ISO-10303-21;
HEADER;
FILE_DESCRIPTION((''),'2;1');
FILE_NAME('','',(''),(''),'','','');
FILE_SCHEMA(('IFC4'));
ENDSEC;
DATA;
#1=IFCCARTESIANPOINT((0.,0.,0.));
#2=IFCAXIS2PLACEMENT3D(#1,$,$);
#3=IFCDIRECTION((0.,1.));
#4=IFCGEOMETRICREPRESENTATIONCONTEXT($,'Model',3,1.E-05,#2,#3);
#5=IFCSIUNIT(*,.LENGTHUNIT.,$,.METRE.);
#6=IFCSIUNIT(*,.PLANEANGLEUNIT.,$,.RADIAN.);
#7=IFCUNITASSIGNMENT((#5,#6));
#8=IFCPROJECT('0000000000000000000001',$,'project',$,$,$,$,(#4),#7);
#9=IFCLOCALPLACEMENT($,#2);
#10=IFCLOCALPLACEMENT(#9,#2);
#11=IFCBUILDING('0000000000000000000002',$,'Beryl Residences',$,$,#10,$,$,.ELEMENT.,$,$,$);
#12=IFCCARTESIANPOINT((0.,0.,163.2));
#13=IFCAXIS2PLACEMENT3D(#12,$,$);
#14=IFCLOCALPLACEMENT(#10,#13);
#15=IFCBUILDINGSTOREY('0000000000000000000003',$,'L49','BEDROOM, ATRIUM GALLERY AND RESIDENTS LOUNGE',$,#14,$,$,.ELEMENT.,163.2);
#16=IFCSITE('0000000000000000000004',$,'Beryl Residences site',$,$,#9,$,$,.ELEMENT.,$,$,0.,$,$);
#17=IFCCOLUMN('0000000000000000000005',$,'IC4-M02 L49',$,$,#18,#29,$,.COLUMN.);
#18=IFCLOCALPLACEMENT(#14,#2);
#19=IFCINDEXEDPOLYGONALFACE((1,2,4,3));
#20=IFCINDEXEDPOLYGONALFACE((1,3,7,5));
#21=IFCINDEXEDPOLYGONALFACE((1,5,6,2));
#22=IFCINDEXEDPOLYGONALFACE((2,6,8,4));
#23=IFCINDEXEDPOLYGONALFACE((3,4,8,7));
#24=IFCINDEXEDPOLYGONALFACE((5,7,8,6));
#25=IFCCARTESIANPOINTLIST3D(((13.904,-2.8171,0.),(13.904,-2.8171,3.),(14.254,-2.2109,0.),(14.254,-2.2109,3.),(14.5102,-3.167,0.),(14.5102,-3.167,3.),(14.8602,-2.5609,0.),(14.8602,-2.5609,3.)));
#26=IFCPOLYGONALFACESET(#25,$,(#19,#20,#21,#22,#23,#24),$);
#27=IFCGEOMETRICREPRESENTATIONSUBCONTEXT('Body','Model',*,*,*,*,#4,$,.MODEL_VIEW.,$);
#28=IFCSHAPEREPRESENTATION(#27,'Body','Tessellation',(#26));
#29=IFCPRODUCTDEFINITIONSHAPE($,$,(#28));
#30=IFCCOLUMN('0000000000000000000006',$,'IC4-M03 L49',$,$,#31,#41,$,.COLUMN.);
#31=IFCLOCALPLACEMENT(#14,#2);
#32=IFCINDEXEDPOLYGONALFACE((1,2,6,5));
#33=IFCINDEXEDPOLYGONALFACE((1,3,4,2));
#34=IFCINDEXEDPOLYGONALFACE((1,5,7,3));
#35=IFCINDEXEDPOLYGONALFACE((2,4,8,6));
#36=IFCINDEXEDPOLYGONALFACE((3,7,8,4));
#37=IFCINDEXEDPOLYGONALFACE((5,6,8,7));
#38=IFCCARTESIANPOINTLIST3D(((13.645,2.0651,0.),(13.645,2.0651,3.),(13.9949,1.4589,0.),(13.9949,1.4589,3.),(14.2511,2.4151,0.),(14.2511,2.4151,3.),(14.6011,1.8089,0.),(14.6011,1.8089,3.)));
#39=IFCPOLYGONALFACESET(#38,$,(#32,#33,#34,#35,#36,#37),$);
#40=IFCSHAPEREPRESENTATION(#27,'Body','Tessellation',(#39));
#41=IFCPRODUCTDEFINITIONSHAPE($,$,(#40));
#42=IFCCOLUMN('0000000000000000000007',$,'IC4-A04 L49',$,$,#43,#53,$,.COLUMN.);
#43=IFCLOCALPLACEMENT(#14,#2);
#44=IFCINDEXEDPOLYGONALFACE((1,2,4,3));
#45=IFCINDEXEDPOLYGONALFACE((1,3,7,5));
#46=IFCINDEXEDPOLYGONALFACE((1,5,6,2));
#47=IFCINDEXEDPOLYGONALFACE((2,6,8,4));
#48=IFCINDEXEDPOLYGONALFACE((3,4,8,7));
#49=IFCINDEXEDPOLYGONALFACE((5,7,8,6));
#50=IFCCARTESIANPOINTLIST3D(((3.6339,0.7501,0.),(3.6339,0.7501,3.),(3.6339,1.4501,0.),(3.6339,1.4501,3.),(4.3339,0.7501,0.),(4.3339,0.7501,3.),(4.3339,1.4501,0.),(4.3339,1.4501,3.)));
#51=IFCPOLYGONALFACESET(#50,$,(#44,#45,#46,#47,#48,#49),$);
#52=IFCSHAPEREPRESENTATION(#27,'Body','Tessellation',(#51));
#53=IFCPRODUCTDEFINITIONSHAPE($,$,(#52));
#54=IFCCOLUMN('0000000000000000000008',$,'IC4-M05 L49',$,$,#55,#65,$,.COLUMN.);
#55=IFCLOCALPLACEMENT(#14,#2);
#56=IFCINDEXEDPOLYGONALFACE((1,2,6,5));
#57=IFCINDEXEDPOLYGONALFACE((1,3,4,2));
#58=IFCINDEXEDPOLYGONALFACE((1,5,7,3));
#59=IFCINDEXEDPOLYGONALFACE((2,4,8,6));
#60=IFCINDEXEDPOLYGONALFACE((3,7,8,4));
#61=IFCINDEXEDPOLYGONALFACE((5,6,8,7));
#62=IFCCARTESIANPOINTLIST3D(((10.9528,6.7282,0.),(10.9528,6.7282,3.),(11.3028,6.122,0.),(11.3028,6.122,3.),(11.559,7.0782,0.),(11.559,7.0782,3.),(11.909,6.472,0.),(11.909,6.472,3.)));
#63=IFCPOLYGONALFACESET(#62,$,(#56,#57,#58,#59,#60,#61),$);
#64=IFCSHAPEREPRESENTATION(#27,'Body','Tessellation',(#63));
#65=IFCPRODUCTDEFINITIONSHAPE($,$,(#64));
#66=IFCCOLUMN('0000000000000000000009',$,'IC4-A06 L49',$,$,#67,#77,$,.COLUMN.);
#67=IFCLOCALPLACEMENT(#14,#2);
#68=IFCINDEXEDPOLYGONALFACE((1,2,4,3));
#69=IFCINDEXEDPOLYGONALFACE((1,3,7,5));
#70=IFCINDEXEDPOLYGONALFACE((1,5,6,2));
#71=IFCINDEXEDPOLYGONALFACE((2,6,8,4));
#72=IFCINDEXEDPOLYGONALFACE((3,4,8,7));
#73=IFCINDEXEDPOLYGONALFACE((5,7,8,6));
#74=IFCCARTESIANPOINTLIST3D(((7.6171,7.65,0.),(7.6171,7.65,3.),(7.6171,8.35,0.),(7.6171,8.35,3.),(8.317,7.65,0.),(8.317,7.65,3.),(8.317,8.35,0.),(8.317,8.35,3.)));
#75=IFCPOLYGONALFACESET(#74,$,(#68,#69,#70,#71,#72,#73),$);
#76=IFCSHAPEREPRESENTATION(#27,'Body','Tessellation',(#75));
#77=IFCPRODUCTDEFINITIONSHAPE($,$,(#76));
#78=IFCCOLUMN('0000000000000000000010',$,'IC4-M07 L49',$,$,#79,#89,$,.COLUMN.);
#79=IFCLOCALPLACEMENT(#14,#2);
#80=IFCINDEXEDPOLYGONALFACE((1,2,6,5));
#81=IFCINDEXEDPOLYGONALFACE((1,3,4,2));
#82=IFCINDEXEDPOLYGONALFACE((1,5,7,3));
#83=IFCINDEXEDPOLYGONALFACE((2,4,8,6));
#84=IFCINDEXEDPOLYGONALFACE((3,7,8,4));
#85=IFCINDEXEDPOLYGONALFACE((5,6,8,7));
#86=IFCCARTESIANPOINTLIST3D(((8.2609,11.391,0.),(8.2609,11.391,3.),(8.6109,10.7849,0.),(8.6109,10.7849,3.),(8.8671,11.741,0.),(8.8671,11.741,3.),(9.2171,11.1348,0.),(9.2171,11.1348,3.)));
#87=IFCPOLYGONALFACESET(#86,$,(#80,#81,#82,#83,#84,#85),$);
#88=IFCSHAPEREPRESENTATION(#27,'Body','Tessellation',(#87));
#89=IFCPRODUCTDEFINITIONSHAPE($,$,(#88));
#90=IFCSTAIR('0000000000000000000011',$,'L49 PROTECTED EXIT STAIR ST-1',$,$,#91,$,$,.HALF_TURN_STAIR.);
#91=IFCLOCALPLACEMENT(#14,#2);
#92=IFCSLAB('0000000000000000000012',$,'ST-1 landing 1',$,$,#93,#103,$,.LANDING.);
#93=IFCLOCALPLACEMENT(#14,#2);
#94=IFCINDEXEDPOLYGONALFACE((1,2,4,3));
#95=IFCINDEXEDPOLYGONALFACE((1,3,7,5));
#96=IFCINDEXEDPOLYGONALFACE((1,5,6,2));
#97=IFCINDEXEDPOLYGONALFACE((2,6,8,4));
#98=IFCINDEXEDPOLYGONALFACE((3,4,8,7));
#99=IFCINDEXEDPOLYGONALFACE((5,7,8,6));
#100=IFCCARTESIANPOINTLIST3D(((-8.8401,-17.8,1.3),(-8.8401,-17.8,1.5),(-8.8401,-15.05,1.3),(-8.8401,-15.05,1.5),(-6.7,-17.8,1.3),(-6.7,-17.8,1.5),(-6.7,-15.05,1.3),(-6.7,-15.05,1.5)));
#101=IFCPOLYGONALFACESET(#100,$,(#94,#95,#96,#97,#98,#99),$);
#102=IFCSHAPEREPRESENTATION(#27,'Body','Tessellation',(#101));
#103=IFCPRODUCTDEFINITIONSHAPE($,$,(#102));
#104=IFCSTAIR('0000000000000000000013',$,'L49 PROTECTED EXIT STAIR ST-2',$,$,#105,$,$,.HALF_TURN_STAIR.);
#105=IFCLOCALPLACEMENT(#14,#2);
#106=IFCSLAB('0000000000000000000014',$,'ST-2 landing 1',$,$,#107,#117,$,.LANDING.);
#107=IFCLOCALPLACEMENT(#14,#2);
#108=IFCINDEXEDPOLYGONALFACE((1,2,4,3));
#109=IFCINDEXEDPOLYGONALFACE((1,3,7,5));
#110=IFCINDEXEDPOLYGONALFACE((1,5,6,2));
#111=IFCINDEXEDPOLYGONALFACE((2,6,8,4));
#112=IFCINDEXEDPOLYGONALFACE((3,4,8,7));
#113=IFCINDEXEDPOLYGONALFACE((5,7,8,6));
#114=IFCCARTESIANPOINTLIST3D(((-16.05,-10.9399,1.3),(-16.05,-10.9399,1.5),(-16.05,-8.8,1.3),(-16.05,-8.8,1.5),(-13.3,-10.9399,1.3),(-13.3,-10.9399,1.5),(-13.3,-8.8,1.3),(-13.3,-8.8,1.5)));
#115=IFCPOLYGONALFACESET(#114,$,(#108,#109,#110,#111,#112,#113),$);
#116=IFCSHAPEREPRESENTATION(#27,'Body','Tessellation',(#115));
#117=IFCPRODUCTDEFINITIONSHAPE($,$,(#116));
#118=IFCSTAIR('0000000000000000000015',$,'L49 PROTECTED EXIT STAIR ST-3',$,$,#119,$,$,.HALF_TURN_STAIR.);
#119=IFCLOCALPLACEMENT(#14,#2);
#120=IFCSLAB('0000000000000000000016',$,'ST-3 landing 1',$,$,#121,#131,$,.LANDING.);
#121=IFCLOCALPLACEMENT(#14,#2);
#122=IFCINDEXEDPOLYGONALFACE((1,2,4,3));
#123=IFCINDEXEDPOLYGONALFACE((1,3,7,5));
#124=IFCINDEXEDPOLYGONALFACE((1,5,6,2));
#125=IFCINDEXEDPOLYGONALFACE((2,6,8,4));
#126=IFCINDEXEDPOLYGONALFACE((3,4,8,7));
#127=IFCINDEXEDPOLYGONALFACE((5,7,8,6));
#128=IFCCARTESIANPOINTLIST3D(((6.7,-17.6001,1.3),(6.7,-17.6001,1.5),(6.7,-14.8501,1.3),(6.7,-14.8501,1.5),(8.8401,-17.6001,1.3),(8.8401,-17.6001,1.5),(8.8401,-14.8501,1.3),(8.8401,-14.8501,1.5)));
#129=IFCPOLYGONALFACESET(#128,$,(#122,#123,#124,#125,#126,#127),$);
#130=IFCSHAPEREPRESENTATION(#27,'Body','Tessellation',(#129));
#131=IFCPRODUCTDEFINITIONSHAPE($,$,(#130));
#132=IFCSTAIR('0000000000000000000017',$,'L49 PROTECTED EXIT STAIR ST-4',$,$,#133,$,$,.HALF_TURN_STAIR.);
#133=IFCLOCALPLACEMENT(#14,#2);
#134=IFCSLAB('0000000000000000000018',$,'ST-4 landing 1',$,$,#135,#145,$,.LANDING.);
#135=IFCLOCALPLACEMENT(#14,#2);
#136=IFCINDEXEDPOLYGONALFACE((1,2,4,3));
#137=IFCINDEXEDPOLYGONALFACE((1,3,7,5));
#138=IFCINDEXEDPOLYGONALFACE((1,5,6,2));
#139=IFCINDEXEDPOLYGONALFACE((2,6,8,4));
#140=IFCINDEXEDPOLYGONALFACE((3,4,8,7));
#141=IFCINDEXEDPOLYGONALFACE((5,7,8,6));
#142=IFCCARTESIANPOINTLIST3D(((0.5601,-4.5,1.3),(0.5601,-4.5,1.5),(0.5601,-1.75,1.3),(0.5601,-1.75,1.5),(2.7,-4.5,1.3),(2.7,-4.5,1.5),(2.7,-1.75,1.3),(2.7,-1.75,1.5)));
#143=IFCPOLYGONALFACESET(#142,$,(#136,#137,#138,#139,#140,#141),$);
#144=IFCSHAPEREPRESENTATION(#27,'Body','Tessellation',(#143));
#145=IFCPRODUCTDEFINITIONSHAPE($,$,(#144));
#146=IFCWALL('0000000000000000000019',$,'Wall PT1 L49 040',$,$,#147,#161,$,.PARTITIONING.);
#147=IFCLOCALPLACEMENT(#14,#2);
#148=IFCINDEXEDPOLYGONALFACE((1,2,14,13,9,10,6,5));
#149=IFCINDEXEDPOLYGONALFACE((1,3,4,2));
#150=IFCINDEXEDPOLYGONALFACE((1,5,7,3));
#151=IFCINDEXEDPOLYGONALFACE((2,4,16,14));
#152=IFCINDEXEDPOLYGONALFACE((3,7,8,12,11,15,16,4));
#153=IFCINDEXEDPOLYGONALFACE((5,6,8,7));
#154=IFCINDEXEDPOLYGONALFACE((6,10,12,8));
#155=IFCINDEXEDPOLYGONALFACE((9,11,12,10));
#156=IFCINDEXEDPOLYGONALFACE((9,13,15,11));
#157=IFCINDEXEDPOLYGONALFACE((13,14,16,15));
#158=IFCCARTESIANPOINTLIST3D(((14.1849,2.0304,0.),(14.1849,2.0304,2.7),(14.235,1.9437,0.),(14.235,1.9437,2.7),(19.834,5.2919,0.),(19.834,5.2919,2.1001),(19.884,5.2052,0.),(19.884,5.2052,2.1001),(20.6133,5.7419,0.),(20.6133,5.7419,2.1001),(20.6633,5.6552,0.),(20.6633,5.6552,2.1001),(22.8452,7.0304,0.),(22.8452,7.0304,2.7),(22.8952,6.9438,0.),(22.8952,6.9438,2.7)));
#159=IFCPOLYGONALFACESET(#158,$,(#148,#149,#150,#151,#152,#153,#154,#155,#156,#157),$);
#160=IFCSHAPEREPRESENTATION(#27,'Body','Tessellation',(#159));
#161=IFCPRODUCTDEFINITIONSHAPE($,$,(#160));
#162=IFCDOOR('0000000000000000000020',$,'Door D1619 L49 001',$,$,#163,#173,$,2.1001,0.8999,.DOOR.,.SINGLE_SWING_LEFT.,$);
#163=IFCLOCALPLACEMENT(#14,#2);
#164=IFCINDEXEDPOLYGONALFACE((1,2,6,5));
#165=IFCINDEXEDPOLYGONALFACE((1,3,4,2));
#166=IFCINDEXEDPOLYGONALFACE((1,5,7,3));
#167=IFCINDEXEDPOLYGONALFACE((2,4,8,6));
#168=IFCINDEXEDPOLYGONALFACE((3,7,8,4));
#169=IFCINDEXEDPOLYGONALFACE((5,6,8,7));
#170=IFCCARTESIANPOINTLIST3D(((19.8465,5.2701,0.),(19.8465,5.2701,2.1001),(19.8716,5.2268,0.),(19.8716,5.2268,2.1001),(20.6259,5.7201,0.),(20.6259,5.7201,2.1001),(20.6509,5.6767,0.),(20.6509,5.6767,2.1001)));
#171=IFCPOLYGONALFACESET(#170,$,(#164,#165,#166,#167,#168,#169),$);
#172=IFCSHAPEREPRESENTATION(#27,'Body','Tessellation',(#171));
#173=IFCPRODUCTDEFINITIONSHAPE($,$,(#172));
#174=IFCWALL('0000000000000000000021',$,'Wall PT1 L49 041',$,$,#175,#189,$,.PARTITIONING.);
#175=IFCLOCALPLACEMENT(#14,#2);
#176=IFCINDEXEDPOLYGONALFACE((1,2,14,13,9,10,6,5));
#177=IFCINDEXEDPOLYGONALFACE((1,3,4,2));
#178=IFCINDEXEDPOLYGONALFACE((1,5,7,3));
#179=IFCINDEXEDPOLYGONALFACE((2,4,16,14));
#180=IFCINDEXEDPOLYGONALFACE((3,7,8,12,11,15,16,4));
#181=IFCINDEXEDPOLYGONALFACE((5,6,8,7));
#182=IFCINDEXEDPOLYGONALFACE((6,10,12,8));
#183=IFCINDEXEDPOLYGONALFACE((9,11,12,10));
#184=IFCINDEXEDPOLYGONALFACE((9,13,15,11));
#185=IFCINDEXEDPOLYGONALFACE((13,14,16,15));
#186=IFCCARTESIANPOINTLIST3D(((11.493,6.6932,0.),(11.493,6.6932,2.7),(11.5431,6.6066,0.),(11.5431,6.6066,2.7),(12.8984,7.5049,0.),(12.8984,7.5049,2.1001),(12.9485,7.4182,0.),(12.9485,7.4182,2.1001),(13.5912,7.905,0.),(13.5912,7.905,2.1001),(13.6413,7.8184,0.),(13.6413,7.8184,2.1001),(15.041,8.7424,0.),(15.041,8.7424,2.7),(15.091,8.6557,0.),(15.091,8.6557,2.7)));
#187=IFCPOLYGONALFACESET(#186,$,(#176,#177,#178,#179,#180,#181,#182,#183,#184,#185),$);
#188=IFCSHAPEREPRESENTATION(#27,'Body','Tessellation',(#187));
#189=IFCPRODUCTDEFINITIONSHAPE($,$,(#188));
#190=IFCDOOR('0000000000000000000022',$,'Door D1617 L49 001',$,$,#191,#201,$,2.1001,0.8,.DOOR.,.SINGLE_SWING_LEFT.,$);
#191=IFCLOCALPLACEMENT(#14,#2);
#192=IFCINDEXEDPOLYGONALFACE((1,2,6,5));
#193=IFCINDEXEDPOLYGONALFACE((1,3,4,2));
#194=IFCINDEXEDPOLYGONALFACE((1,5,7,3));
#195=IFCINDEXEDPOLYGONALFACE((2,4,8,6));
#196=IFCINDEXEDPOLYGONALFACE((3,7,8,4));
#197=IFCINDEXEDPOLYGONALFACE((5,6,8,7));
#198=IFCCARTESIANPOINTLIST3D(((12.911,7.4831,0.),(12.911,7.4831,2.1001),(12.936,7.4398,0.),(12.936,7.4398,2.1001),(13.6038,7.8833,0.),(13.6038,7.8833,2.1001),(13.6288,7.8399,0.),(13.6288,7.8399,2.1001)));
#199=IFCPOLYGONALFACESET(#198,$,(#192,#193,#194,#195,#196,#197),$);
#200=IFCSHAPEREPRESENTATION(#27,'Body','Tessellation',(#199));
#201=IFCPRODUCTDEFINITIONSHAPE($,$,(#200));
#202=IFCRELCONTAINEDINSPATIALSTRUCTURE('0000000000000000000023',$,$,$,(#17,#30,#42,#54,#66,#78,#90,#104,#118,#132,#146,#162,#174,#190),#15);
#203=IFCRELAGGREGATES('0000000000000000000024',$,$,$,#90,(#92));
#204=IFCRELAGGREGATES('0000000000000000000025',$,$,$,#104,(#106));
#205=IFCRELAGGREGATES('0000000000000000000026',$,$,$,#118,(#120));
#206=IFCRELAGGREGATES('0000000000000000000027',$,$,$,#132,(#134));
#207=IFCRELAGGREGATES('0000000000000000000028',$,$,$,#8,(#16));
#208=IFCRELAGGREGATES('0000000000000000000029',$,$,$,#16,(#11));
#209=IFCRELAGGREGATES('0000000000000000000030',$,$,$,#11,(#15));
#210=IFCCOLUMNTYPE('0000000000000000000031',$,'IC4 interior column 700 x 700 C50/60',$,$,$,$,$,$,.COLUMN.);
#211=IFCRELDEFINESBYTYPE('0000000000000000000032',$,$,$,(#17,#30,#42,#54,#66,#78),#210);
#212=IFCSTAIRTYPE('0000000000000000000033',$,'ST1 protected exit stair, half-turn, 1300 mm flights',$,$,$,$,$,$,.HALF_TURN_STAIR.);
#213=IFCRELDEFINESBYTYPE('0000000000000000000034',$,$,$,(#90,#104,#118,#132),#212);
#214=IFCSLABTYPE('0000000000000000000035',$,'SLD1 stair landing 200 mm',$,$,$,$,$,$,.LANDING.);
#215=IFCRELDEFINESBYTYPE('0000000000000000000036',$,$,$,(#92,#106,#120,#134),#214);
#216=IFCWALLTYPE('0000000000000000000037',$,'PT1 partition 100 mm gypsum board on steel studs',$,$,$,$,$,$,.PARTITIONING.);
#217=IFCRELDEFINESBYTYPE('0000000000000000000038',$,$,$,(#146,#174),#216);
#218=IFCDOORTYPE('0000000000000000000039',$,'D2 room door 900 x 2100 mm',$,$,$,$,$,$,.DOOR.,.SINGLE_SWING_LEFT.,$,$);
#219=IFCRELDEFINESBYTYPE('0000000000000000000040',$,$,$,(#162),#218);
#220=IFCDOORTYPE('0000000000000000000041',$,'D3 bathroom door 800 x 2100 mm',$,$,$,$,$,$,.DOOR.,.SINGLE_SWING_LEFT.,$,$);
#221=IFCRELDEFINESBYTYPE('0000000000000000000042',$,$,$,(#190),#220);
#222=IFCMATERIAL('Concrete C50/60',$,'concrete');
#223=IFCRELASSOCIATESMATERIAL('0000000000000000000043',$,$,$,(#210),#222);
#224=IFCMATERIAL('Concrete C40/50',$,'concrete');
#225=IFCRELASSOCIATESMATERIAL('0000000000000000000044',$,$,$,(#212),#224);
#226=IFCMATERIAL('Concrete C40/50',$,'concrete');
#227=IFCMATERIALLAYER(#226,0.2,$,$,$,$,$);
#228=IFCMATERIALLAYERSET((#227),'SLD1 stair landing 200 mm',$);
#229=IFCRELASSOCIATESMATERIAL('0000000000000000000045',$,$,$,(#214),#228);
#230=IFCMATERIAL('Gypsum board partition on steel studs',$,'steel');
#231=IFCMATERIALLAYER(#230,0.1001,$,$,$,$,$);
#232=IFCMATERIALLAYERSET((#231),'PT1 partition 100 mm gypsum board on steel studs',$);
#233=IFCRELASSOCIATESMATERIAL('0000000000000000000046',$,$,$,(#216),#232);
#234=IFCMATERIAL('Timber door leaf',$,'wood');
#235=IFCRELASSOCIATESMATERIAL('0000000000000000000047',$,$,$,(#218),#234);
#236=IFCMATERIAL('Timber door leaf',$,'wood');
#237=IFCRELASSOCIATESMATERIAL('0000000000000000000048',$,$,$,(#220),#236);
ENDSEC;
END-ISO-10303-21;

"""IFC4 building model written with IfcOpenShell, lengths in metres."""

from ifc_helpers import new_model, si_unit, direction, frame, frame_2d, origin, origin_2d, place, context, subcontext, project, spatial, polyline, rectangle, outline, extrude, material, layer, layer_set, material_profile, profile_set, type_object, element, fill, aggregate, save


model = new_model("IFC4")

# Units and contexts
model_context = context("Model", 3, precision=1e-05, world=origin(), true_north=direction((0.0, 1.0)))
body_context = subcontext(model_context, "Body", "Model", "MODEL_VIEW")
ifc_project = project(units=[si_unit("LENGTHUNIT", "METRE"), si_unit("PLANEANGLEUNIT", "RADIAN")], contexts=[model_context])

# Site, building, storey
site_placement = place(None, origin())
site = spatial("IfcSite", under=ifc_project, at=site_placement, Name="Beryl Residences site", CompositionType="ELEMENT", RefElevation=0.0)
building_placement = place(site_placement, origin())
building = spatial("IfcBuilding", under=site, at=building_placement, Name="Beryl Residences", CompositionType="ELEMENT")
storey_placement = place(building_placement, frame((0.0, 0.0, 163.2)))
storey = spatial("IfcBuildingStorey", under=building, at=storey_placement, Name="L49", Description="BEDROOM, ATRIUM GALLERY AND RESIDENTS LOUNGE", CompositionType="ELEMENT", Elevation=163.2)

# Columns
ifc_material_1 = material(Name="Concrete C50/60", Category="concrete")
ifc_material_profile = material_profile(ifc_material_1, rectangle(XDim=0.7, YDim=0.7, at=origin_2d()))
ifc_profile_set = profile_set([ifc_material_profile], Name="Concrete C50/60")
column_type = type_object("IfcColumnType", Name="IC4 interior column 700 x 700 C50/60", PredefinedType="COLUMN", material=ifc_profile_set)
for number, where, z_axis, x_axis, name in (
    (1, (14.3821, -2.689, 0.0), (0.0, 0.0, 1.0), (0.5, 0.866025, 0.0), "IC4-M02 L49"),
    (2, (14.123, 1.937, 0.0), (0.0, 0.0, 1.0), (-0.5, 0.866025, 0.0), "IC4-M03 L49"),
    (3, (3.9839, 1.1001, 0.0), (0.0, 0.0, 1.0), (1.0, 0.0, 0.0), "IC4-A04 L49"),
    (4, (11.4309, 6.6001, 0.0), (0.0, 0.0, 1.0), (-0.5, 0.866025, 0.0), "IC4-M05 L49"),
    (5, (7.967, 8.0, 0.0), (0.0, 0.0, 1.0), (1.0, 0.0, 0.0), "IC4-A06 L49"),
    (6, (8.739, 11.2629, 0.0), (0.0, 0.0, 1.0), (-0.5, 0.866025, 0.0), "IC4-M07 L49"),
):
    element("IfcColumn", number, at=place(storey_placement, frame(where, z_axis=z_axis, x_axis=x_axis)), inside=storey, type_object=column_type, Name=name, PredefinedType="COLUMN", context=body_context, shape_type="SweptSolid", body=[
        extrude(rectangle(XDim=0.7, YDim=0.7, at=origin_2d()), origin(), (0.0, 0.0, 1.0), 3.0),
    ])

# Stairs, slabs
ifc_material_2 = material(Name="Concrete C40/50", Category="concrete")
stair_type = type_object("IfcStairType", Name="ST1 protected exit stair, half-turn, 1300 mm flights", PredefinedType="HALF_TURN_STAIR", material=ifc_material_2)
stair_1_placement = place(storey_placement, origin())
stair_1 = element("IfcStair", 7, at=stair_1_placement, inside=storey, type_object=stair_type, Name="L49 PROTECTED EXIT STAIR ST-1", PredefinedType="HALF_TURN_STAIR")
ifc_material_3 = material(Name="Concrete C40/50", Category="concrete")
ifc_layer_1 = layer(ifc_material_3, 0.2)
ifc_layer_set_1 = layer_set([ifc_layer_1], Name="SLD1 stair landing 200 mm")
slab_type_1 = type_object("IfcSlabType", Name="SLD1 stair landing 200 mm", PredefinedType="LANDING", material=ifc_layer_set_1)
slab_1_placement = place(storey_placement, frame((0.0, 0.0, 1.3)))
slab_1 = element("IfcSlab", 8, at=slab_1_placement, type_object=slab_type_1, Name="ST-1 landing 1", PredefinedType="LANDING", context=body_context, shape_type="SweptSolid", body=[
    extrude(outline(polyline([(-8.8401, -17.8), (-6.7, -17.8), (-6.7, -15.05), (-8.8401, -15.05), (-8.8401, -17.8)])), origin(), (0.0, 0.0, 1.0), 0.2),
])
aggregate(stair_1, [slab_1])
stair_2_placement = place(storey_placement, origin())
stair_2 = element("IfcStair", 9, at=stair_2_placement, inside=storey, type_object=stair_type, Name="L49 PROTECTED EXIT STAIR ST-2", PredefinedType="HALF_TURN_STAIR")
slab_2_placement = place(storey_placement, frame((0.0, 0.0, 1.3)))
slab_2 = element("IfcSlab", 10, at=slab_2_placement, type_object=slab_type_1, Name="ST-2 landing 1", PredefinedType="LANDING", context=body_context, shape_type="SweptSolid", body=[
    extrude(outline(polyline([(-13.3, -10.9399), (-13.3, -8.8), (-16.05, -8.8), (-16.05, -10.9399), (-13.3, -10.9399)])), origin(), (0.0, 0.0, 1.0), 0.2),
])
aggregate(stair_2, [slab_2])
stair_3_placement = place(storey_placement, origin())
stair_3 = element("IfcStair", 11, at=stair_3_placement, inside=storey, type_object=stair_type, Name="L49 PROTECTED EXIT STAIR ST-3", PredefinedType="HALF_TURN_STAIR")
slab_3_placement = place(storey_placement, frame((0.0, 0.0, 1.3)))
slab_3 = element("IfcSlab", 12, at=slab_3_placement, type_object=slab_type_1, Name="ST-3 landing 1", PredefinedType="LANDING", context=body_context, shape_type="SweptSolid", body=[
    extrude(outline(polyline([(8.8401, -14.8501), (6.7, -14.8501), (6.7, -17.6001), (8.8401, -17.6001), (8.8401, -14.8501)])), origin(), (0.0, 0.0, 1.0), 0.2),
])
aggregate(stair_3, [slab_3])
stair_4_placement = place(storey_placement, origin())
stair_4 = element("IfcStair", 13, at=stair_4_placement, inside=storey, type_object=stair_type, Name="L49 PROTECTED EXIT STAIR ST-4", PredefinedType="HALF_TURN_STAIR")
slab_4_placement = place(storey_placement, frame((0.0, 0.0, 1.3)))
slab_4 = element("IfcSlab", 14, at=slab_4_placement, type_object=slab_type_1, Name="ST-4 landing 1", PredefinedType="LANDING", context=body_context, shape_type="SweptSolid", body=[
    extrude(outline(polyline([(0.5601, -4.5), (2.7, -4.5), (2.7, -1.75), (0.5601, -1.75), (0.5601, -4.5)])), origin(), (0.0, 0.0, 1.0), 0.2),
])
aggregate(stair_4, [slab_4])

# Walls, openings, doors
ifc_material_4 = material(Name="Gypsum board partition on steel studs", Category="steel")
ifc_layer_2 = layer(ifc_material_4, 0.1001)
ifc_layer_set_2 = layer_set([ifc_layer_2], Name="PT1 partition 100 mm gypsum board on steel studs")
wall_type_1 = type_object("IfcWallType", Name="PT1 partition 100 mm gypsum board on steel studs", PredefinedType="PARTITIONING", material=ifc_layer_set_2)
wall_1_placement = place(storey_placement, frame((14.21, 1.9871, 0.0), z_axis=(0.0, 0.0, 1.0), x_axis=(0.866023, 0.500004, 0.0)))
wall_1 = element("IfcWall", 15, at=wall_1_placement, inside=storey, type_object=wall_type_1, Name="Wall PT1 L49 040", PredefinedType="PARTITIONING", context=body_context, shape_type="SweptSolid", body=[
    extrude(rectangle(XDim=10.0, YDim=0.1001, at=frame_2d((5.0, 0.0))), origin(), (0.0, 0.0, 1.0), 2.7),
])
opening_1_placement = place(wall_1_placement, frame((6.5229, 0.0, 0.0)))
opening_1 = element("IfcOpeningElement", 16, at=opening_1_placement, cuts=wall_1, PredefinedType="OPENING", context=body_context, shape_type="SweptSolid", body=[
    extrude(rectangle(XDim=0.8999, YDim=2.1001, at=frame_2d((0.45, 1.05))), frame((0.0, 0.0601, 0.0), z_axis=(0.0, -1.0, 0.0), x_axis=(1.0, 0.0, 0.0)), (0.0, 0.0, 1.0), 0.1201),
])
ifc_material_5 = material(Name="Timber door leaf", Category="wood")
door_type_1 = type_object("IfcDoorType", Name="D2 room door 900 x 2100 mm", OperationType="SINGLE_SWING_LEFT", PredefinedType="DOOR", material=ifc_material_5)
door_1_placement = place(opening_1_placement, origin())
door_1 = element("IfcDoor", 17, at=door_1_placement, inside=storey, type_object=door_type_1, Name="Door D1619 L49 001", OperationType="SINGLE_SWING_LEFT", OverallHeight=2.1001, OverallWidth=0.8999, PredefinedType="DOOR", context=body_context, shape_type="SweptSolid", body=[
    extrude(rectangle(XDim=0.8999, YDim=2.1001, at=frame_2d((0.45, 1.05))), frame((0.0, 0.0249, 0.0), z_axis=(0.0, -1.0, 0.0), x_axis=(1.0, 0.0, 0.0)), (0.0, 0.0, 1.0), 0.05),
])
fill(opening_1, door_1)
wall_2_placement = place(storey_placement, frame((11.5181, 6.6499, 0.0), z_axis=(0.0, 0.0, 1.0), x_axis=(0.865949, 0.500132, 0.0)))
wall_2 = element("IfcWall", 18, at=wall_2_placement, inside=storey, type_object=wall_type_1, Name="Wall PT1 L49 041", PredefinedType="PARTITIONING", context=body_context, shape_type="SweptSolid", body=[
    extrude(rectangle(XDim=4.0972, YDim=0.1001, at=frame_2d((2.0486, 0.0))), origin(), (0.0, 0.0, 1.0), 2.7),
])
opening_2_placement = place(wall_2_placement, frame((1.623, 0.0, 0.0)))
opening_2 = element("IfcOpeningElement", 19, at=opening_2_placement, cuts=wall_2, PredefinedType="OPENING", context=body_context, shape_type="SweptSolid", body=[
    extrude(rectangle(XDim=0.8, YDim=2.1001, at=frame_2d((0.3999, 1.05))), frame((0.0, 0.0601, 0.0), z_axis=(0.0, -1.0, 0.0), x_axis=(1.0, 0.0, 0.0)), (0.0, 0.0, 1.0), 0.1201),
])
ifc_material_6 = material(Name="Timber door leaf", Category="wood")
door_type_2 = type_object("IfcDoorType", Name="D3 bathroom door 800 x 2100 mm", OperationType="SINGLE_SWING_LEFT", PredefinedType="DOOR", material=ifc_material_6)
door_2_placement = place(opening_2_placement, origin())
door_2 = element("IfcDoor", 20, at=door_2_placement, inside=storey, type_object=door_type_2, Name="Door D1617 L49 001", OperationType="SINGLE_SWING_LEFT", OverallHeight=2.1001, OverallWidth=0.8, PredefinedType="DOOR", context=body_context, shape_type="SweptSolid", body=[
    extrude(rectangle(XDim=0.8, YDim=2.1001, at=frame_2d((0.3999, 1.05))), frame((0.0, 0.0249, 0.0), z_axis=(0.0, -1.0, 0.0), x_axis=(1.0, 0.0, 0.0)), (0.0, 0.0, 1.0), 0.05),
])
fill(opening_2, door_2)

save(model, "model.ifc")
